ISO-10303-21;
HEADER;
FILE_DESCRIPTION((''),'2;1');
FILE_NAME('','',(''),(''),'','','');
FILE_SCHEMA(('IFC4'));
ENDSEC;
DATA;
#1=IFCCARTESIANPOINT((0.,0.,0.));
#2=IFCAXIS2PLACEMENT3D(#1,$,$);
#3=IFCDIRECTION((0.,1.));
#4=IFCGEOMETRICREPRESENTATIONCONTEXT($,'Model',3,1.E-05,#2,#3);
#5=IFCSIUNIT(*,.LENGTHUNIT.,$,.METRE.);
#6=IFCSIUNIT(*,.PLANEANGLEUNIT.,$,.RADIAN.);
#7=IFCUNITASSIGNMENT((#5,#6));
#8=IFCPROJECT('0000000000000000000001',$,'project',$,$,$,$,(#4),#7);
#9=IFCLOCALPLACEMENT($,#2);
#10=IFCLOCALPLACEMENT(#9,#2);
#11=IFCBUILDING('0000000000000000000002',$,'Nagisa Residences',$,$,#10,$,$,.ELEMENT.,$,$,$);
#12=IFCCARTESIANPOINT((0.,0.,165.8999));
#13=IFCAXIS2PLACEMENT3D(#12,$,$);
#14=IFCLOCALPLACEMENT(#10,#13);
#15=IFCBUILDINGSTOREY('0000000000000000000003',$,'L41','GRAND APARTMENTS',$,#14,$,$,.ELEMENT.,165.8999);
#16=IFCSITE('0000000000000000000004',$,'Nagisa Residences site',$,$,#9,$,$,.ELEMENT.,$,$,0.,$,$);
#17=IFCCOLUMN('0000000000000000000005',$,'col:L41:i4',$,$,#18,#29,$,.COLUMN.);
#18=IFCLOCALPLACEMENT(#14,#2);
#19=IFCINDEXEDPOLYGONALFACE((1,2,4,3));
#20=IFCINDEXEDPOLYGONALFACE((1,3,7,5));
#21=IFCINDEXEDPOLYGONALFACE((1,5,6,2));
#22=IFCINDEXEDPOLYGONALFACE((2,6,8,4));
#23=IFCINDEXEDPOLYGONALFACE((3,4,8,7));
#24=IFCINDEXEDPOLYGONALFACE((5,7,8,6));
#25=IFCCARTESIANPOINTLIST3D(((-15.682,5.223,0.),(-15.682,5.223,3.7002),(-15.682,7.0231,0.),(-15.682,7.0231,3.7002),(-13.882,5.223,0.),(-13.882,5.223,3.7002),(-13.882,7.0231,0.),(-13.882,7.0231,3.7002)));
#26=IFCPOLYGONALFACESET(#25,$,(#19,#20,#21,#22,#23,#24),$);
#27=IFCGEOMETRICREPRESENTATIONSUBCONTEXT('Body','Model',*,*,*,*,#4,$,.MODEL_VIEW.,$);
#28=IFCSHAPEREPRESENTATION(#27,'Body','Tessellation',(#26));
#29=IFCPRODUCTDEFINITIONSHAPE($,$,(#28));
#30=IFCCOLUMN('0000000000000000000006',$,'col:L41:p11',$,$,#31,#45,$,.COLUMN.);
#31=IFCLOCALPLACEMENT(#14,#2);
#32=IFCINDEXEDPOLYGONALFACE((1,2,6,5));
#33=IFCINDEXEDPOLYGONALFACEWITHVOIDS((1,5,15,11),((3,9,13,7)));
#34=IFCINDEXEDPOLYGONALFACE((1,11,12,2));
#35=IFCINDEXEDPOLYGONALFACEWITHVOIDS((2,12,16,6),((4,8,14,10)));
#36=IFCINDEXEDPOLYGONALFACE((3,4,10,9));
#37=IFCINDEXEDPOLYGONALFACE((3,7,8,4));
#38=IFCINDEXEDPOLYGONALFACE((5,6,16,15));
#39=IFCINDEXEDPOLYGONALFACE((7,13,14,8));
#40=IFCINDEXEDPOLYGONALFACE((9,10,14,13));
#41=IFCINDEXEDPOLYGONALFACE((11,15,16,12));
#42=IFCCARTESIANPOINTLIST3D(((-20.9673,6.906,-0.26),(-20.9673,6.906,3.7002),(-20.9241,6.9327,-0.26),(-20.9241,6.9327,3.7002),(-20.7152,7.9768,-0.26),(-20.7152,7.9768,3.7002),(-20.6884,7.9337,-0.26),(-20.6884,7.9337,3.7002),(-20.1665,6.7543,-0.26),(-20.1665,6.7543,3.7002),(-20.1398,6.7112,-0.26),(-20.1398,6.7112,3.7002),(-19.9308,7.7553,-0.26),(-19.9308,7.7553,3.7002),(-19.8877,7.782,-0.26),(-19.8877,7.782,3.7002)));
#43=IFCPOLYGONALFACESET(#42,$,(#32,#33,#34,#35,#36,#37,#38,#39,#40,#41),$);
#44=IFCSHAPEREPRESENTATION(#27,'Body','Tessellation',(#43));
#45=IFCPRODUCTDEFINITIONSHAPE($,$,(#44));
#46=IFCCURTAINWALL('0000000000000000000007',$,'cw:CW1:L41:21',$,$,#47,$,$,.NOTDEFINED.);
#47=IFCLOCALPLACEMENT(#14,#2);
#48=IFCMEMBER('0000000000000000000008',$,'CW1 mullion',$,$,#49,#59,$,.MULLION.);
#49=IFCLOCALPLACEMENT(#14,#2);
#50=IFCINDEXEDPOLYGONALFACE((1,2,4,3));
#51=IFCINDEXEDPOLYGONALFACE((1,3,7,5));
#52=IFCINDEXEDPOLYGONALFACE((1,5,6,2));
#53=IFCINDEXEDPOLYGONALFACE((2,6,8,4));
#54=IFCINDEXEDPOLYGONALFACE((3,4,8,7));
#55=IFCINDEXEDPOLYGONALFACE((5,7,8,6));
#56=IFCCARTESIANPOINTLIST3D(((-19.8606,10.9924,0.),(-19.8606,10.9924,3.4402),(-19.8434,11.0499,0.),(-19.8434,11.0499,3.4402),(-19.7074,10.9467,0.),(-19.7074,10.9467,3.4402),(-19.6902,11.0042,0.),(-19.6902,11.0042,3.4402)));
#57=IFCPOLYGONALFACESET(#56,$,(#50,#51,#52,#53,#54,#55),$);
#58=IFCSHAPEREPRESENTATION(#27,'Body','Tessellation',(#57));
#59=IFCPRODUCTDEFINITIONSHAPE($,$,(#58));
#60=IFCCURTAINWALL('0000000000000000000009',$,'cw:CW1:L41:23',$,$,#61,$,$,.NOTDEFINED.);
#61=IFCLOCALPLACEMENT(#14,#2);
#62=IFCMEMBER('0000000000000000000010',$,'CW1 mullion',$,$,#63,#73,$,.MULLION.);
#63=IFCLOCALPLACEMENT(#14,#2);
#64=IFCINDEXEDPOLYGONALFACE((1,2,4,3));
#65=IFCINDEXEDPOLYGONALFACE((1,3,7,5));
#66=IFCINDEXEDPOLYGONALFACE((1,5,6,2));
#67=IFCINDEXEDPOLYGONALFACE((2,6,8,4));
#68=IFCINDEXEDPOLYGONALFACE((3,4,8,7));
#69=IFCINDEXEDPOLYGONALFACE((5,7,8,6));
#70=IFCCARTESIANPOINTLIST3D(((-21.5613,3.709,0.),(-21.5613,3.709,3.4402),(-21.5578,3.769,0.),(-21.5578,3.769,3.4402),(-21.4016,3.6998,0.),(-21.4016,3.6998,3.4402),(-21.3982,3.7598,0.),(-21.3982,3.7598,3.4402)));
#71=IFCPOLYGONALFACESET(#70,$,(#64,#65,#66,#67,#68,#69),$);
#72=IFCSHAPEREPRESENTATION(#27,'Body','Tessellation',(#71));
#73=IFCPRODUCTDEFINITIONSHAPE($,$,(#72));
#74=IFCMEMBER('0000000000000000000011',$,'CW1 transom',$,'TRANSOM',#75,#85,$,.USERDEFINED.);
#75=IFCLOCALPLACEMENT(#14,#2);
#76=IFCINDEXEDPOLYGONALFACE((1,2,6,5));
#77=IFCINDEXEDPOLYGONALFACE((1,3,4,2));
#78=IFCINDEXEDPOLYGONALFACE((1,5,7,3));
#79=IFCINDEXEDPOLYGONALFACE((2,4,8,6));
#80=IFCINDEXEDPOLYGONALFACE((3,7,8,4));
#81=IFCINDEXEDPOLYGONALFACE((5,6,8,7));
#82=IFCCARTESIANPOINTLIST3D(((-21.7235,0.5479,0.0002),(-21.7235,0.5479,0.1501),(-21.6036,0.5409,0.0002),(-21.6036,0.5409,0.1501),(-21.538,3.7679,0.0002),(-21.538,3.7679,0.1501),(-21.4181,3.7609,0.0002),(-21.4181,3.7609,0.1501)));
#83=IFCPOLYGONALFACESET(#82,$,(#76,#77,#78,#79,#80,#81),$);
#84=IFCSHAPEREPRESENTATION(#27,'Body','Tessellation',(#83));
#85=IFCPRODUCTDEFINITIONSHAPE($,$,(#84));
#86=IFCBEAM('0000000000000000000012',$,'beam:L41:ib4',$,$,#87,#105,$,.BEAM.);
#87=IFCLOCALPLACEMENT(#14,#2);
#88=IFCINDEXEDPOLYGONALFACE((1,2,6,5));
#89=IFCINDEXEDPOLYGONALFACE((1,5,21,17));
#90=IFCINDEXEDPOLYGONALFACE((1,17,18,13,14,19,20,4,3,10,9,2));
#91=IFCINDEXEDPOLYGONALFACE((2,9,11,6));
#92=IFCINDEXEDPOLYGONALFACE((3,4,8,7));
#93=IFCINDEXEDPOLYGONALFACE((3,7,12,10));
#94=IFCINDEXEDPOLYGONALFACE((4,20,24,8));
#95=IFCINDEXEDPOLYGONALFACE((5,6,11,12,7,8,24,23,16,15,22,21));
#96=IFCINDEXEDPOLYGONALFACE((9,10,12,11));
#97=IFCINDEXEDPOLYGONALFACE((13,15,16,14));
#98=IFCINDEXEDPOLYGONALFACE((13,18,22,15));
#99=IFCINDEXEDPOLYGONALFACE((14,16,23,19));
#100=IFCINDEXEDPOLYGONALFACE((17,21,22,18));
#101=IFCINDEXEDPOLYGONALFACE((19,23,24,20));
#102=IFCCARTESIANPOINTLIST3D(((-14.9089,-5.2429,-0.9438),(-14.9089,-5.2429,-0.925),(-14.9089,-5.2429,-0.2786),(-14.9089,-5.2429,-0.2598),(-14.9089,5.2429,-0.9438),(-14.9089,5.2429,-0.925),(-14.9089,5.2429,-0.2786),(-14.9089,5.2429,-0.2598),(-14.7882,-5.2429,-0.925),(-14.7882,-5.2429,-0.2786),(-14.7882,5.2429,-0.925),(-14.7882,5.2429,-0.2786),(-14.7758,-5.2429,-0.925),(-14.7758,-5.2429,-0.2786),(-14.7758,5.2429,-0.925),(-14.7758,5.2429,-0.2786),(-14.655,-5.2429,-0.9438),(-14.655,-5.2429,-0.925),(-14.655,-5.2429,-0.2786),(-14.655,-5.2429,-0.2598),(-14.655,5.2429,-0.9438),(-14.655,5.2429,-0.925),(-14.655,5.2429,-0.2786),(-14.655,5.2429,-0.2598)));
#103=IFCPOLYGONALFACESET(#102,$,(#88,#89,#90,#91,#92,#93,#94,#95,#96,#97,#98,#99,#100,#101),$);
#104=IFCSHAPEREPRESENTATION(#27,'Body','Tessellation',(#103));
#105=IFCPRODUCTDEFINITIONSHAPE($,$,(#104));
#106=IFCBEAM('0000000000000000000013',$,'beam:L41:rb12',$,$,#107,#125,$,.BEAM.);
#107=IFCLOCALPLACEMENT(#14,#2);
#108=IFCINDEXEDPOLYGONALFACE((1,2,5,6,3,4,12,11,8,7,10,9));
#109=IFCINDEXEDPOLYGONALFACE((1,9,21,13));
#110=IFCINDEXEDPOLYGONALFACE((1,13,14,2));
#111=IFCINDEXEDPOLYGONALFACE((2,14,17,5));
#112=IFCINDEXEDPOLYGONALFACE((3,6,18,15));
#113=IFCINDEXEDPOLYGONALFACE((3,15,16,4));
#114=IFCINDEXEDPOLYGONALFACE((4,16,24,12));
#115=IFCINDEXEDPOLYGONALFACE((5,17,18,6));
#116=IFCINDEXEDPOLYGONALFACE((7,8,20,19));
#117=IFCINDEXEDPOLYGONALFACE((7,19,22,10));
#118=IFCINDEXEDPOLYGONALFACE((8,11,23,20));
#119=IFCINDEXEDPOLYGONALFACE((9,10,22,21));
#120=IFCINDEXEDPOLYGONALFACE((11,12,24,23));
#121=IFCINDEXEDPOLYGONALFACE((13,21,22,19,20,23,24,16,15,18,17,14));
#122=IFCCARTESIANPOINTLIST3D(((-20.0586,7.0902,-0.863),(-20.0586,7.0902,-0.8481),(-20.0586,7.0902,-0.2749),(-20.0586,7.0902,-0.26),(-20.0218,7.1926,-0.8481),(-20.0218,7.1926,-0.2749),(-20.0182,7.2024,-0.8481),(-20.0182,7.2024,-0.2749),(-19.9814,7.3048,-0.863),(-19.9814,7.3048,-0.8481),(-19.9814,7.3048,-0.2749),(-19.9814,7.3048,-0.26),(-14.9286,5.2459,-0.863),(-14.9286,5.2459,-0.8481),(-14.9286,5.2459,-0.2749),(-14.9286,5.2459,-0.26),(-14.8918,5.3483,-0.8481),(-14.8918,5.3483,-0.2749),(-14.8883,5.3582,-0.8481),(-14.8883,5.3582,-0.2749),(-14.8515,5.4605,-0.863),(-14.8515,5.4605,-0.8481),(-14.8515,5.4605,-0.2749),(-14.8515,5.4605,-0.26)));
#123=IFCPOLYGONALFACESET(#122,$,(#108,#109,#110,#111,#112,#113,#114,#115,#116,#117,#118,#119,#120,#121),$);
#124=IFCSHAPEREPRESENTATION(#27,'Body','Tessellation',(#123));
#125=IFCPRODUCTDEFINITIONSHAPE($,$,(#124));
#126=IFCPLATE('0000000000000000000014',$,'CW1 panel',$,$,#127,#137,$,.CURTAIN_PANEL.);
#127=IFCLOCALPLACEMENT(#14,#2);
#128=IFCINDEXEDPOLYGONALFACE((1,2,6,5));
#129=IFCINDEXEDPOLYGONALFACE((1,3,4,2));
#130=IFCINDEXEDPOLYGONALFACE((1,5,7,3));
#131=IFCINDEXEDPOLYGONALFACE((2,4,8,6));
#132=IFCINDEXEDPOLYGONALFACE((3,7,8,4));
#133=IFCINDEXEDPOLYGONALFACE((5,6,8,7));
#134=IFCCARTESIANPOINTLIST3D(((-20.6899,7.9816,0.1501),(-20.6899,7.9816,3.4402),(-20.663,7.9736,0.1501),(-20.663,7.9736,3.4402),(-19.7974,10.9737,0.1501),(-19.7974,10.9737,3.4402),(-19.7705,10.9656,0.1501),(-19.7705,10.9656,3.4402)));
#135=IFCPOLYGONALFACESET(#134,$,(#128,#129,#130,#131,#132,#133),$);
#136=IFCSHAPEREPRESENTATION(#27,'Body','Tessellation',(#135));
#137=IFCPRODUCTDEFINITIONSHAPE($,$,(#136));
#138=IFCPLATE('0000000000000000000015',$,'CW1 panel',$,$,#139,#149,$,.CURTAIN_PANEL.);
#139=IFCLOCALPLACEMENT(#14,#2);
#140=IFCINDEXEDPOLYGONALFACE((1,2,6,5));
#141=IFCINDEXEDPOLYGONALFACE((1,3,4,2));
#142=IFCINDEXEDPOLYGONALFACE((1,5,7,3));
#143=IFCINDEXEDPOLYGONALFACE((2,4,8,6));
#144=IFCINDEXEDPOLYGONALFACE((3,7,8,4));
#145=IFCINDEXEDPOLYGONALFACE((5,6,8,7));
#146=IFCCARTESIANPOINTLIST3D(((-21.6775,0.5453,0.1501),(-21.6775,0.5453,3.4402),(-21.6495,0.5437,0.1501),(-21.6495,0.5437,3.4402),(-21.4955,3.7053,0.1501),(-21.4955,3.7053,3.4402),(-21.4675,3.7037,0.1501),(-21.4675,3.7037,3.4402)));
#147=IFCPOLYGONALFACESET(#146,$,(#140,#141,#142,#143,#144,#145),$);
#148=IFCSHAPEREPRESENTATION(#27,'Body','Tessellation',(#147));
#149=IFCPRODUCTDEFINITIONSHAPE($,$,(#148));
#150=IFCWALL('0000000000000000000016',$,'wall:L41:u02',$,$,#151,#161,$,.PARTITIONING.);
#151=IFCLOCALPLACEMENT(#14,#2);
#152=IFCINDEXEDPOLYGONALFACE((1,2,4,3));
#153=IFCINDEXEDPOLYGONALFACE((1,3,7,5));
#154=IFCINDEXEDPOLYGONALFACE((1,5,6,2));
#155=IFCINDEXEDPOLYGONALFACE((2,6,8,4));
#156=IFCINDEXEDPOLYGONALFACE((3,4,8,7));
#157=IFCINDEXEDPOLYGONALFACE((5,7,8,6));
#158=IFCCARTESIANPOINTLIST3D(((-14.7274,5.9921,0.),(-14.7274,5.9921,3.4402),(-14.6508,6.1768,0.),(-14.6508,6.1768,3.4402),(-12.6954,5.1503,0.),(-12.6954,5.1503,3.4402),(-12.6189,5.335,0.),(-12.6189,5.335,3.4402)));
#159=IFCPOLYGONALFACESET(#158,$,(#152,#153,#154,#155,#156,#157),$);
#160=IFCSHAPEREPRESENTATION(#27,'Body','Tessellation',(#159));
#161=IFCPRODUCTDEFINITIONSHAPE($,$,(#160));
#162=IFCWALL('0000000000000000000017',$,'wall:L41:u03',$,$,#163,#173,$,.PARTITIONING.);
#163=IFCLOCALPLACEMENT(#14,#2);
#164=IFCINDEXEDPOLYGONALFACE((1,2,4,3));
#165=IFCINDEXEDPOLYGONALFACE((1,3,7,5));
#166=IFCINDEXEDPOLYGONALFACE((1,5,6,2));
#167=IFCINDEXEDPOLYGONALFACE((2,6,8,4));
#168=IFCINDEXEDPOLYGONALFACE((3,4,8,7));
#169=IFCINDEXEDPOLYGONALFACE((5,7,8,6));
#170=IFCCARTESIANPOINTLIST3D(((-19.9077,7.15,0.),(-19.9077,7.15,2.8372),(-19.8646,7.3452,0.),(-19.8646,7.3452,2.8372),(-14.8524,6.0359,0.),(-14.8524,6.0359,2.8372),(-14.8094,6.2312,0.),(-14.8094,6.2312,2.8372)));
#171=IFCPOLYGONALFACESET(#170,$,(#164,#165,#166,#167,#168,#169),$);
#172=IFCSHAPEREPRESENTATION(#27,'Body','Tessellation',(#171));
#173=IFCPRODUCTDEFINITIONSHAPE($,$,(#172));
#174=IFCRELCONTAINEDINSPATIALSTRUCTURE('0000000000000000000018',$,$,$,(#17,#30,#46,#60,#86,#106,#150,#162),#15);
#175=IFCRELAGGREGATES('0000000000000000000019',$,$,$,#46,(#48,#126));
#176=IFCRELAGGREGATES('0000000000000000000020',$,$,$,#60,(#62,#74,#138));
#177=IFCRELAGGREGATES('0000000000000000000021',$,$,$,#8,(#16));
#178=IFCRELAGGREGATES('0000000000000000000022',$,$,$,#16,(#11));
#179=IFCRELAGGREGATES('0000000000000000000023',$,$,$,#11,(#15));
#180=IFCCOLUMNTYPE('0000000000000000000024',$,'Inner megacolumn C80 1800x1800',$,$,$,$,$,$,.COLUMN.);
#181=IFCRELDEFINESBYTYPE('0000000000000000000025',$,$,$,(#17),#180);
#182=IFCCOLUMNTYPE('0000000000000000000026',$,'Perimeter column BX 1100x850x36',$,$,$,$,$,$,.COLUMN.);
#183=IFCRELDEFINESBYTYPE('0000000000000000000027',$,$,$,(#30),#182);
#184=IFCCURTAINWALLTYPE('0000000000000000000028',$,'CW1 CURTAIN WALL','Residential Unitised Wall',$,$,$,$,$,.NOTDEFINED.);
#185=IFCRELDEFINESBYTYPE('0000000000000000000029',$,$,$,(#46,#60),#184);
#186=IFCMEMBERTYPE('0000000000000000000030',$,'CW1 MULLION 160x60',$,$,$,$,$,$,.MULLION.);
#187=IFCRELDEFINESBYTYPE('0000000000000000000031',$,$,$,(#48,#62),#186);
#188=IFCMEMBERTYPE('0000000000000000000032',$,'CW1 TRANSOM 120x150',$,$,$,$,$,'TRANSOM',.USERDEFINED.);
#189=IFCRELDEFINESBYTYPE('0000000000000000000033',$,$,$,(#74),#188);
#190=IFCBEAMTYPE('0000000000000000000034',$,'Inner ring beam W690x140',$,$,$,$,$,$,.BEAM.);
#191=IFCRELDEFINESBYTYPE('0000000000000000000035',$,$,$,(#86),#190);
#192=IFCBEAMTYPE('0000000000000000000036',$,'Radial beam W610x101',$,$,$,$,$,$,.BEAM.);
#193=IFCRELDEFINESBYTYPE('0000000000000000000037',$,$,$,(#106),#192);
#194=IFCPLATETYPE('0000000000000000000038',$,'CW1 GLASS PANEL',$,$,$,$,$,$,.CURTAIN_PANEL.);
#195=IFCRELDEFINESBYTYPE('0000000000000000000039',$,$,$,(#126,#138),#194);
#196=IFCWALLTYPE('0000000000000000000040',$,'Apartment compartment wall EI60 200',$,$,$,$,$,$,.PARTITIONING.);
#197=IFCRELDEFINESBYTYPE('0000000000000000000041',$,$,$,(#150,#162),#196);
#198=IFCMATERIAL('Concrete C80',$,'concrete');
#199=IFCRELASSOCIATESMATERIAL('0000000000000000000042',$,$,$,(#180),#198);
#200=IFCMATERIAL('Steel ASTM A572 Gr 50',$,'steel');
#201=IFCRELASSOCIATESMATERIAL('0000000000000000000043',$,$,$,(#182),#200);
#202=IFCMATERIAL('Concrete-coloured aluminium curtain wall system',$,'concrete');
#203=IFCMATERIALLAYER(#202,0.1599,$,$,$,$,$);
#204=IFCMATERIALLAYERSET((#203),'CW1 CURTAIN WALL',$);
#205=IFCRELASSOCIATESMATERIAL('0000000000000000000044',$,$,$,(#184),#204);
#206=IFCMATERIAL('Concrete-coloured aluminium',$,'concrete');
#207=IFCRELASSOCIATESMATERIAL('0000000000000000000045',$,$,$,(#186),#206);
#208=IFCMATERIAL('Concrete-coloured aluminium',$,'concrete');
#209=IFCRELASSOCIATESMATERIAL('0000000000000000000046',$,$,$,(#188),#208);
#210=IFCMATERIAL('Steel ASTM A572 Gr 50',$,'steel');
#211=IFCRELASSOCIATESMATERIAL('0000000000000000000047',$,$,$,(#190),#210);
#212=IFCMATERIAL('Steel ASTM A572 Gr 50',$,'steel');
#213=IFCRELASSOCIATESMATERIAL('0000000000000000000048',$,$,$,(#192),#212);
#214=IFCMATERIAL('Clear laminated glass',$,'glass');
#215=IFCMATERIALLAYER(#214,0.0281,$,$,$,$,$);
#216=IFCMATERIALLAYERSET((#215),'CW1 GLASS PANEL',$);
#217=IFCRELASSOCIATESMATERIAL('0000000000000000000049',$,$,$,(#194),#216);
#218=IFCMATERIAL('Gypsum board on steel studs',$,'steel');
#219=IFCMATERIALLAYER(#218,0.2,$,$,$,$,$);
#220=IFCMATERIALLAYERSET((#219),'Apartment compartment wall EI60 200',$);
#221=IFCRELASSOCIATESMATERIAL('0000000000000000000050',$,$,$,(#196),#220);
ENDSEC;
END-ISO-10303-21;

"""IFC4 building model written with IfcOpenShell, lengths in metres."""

from ifc_helpers import new_model, si_unit, direction, frame, frame_2d, origin, origin_2d, place, context, subcontext, project, spatial, rectangle, hollow_rectangle, i_section, extrude, material, layer, layer_set, material_profile, profile_set, type_object, element, aggregate, save


model = new_model("IFC4")

# Units and contexts
model_context = context("Model", 3, precision=1e-05, world=origin(), true_north=direction((0.0, 1.0)))
body_context = subcontext(model_context, "Body", "Model", "MODEL_VIEW")
ifc_project = project(units=[si_unit("LENGTHUNIT", "METRE"), si_unit("PLANEANGLEUNIT", "RADIAN")], contexts=[model_context])

# Site, building, storey
site_placement = place(None, origin())
site = spatial("IfcSite", under=ifc_project, at=site_placement, Name="Nagisa Residences site", CompositionType="ELEMENT", RefElevation=0.0)
building_placement = place(site_placement, origin())
building = spatial("IfcBuilding", under=site, at=building_placement, Name="Nagisa Residences", CompositionType="ELEMENT")
storey_placement = place(building_placement, frame((0.0, 0.0, 165.8999)))
storey = spatial("IfcBuildingStorey", under=building, at=storey_placement, Name="L41", Description="GRAND APARTMENTS", CompositionType="ELEMENT", Elevation=165.8999)

# Columns
ifc_material_1 = material(Name="Concrete C80", Category="concrete")
ifc_material_profile_1 = material_profile(ifc_material_1, rectangle(XDim=1.8, YDim=1.8, at=origin_2d()), Name="C80 1800x1800")
ifc_profile_set_1 = profile_set([ifc_material_profile_1], Name="Concrete C80")
column_type_1 = type_object("IfcColumnType", Name="Inner megacolumn C80 1800x1800", PredefinedType="COLUMN", material=ifc_profile_set_1)
column_1_placement = place(storey_placement, frame((-14.782, 6.123, 0.0), z_axis=(0.0, 0.0, 1.0), x_axis=(1.0, 0.0, 0.0)))
element("IfcColumn", 1, at=column_1_placement, inside=storey, type_object=column_type_1, Name="col:L41:i4", PredefinedType="COLUMN", context=body_context, shape_type="SweptSolid", body=[
    extrude(rectangle(XDim=1.8, YDim=1.8, at=origin_2d()), origin(), (0.0, 0.0, 1.0), 3.7002),
])
ifc_material_2 = material(Name="Steel ASTM A572 Gr 50", Category="steel")
ifc_material_profile_2 = material_profile(ifc_material_2, hollow_rectangle(XDim=1.1001, YDim=0.8501, WallThickness=0.0359, at=origin_2d()), Name="BX 1100x850x36")
ifc_profile_set_2 = profile_set([ifc_material_profile_2], Name="Steel ASTM A572 Gr 50")
column_type_2 = type_object("IfcColumnType", Name="Perimeter column BX 1100x850x36", PredefinedType="COLUMN", material=ifc_profile_set_2)
column_2_placement = place(storey_placement, frame((-20.4275, 7.344, -0.26), z_axis=(0.0, 0.0, 1.0), x_axis=(-0.229202, -0.973379, 0.0)))
element("IfcColumn", 2, at=column_2_placement, inside=storey, type_object=column_type_2, Name="col:L41:p11", PredefinedType="COLUMN", context=body_context, shape_type="SweptSolid", body=[
    extrude(hollow_rectangle(XDim=1.1001, YDim=0.8501, WallThickness=0.0359, at=origin_2d()), origin(), (0.0, 0.0, 1.0), 3.9602),
])

# Curtain wall, member
ifc_material_3 = material(Name="Concrete-coloured aluminium curtain wall system", Category="concrete")
ifc_layer_1 = layer(ifc_material_3, 0.1599)
ifc_layer_set_1 = layer_set([ifc_layer_1], Name="CW1 CURTAIN WALL")
curtain_wall_type = type_object("IfcCurtainWallType", Name="CW1 CURTAIN WALL", Description="Residential Unitised Wall", PredefinedType="NOTDEFINED", material=ifc_layer_set_1)
curtain_wall_1_placement = place(storey_placement, origin())
curtain_wall_1 = element("IfcCurtainWall", 3, at=curtain_wall_1_placement, inside=storey, type_object=curtain_wall_type, Name="cw:CW1:L41:21", PredefinedType="NOTDEFINED")
ifc_material_4 = material(Name="Concrete-coloured aluminium", Category="concrete")
ifc_material_profile_3 = material_profile(ifc_material_4, rectangle(XDim=0.1599, YDim=0.0601, at=origin_2d()), Name="CW1 MULLION 160x60")
ifc_profile_set_3 = profile_set([ifc_material_profile_3], Name="Concrete-coloured aluminium")
member_type_1 = type_object("IfcMemberType", Name="CW1 MULLION 160x60", PredefinedType="MULLION", material=ifc_profile_set_3)
member_1_placement = place(storey_placement, frame((-19.7754, 10.9983, 0.0), z_axis=(0.0, 0.0, 1.0), x_axis=(0.958271, -0.28586, 0.0)))
member_1 = element("IfcMember", 4, at=member_1_placement, type_object=member_type_1, Name="CW1 mullion", PredefinedType="MULLION", context=body_context, shape_type="SweptSolid", body=[
    extrude(rectangle(XDim=0.1599, YDim=0.0601, at=origin_2d()), origin(), (0.0, 0.0, 1.0), 3.4402),
])

# Curtain wall, members
curtain_wall_2_placement = place(storey_placement, origin())
curtain_wall_2 = element("IfcCurtainWall", 5, at=curtain_wall_2_placement, inside=storey, type_object=curtain_wall_type, Name="cw:CW1:L41:23", PredefinedType="NOTDEFINED")
member_2_placement = place(storey_placement, frame((-21.4797, 3.7344, 0.0), z_axis=(0.0, 0.0, 1.0), x_axis=(0.998345, -0.057503, 0.0)))
member_2 = element("IfcMember", 6, at=member_2_placement, type_object=member_type_1, Name="CW1 mullion", PredefinedType="MULLION", context=body_context, shape_type="SweptSolid", body=[
    extrude(rectangle(XDim=0.1599, YDim=0.0601, at=origin_2d()), origin(), (0.0, 0.0, 1.0), 3.4402),
])
ifc_material_5 = material(Name="Concrete-coloured aluminium", Category="concrete")
ifc_material_profile_4 = material_profile(ifc_material_5, rectangle(XDim=0.1201, YDim=0.1499, at=origin_2d()), Name="CW1 TRANSOM 120x150")
ifc_profile_set_4 = profile_set([ifc_material_profile_4], Name="Concrete-coloured aluminium")
member_type_2 = type_object("IfcMemberType", Name="CW1 TRANSOM 120x150", ElementType="TRANSOM", PredefinedType="USERDEFINED", material=ifc_profile_set_4)
member_3_placement = place(storey_placement, frame((-21.478, 3.7644, 0.0752), z_axis=(-0.057528, -0.998344, 0.0), x_axis=(0.998344, -0.057528, 0.0)))
member_3 = element("IfcMember", 7, at=member_3_placement, type_object=member_type_2, Name="CW1 transom", ObjectType="TRANSOM", PredefinedType="USERDEFINED", context=body_context, shape_type="SweptSolid", body=[
    extrude(rectangle(XDim=0.1201, YDim=0.1499, at=origin_2d()), origin(), (0.0, 0.0, 1.0), 3.2253),
])

# Beams
ifc_material_6 = material(Name="Steel ASTM A572 Gr 50", Category="steel")
ifc_material_profile_5 = material_profile(ifc_material_6, i_section(OverallWidth=0.2539, OverallDepth=0.6841, WebThickness=0.0125, FlangeThickness=0.0188, at=origin_2d()), Name="W690x140")
ifc_profile_set_5 = profile_set([ifc_material_profile_5], Name="Steel ASTM A572 Gr 50")
beam_type_1 = type_object("IfcBeamType", Name="Inner ring beam W690x140", PredefinedType="BEAM", material=ifc_profile_set_5)
beam_1_placement = place(storey_placement, frame((-14.782, 5.2429, -0.6018), z_axis=(0.0, -1.0, 0.0), x_axis=(1.0, 0.0, 0.0)))
element("IfcBeam", 8, at=beam_1_placement, inside=storey, type_object=beam_type_1, Name="beam:L41:ib4", PredefinedType="BEAM", context=body_context, shape_type="SweptSolid", body=[
    extrude(i_section(OverallWidth=0.2539, OverallDepth=0.6841, WebThickness=0.0125, FlangeThickness=0.0188, at=origin_2d()), origin(), (0.0, 0.0, 1.0), 10.4858),
])
ifc_material_7 = material(Name="Steel ASTM A572 Gr 50", Category="steel")
ifc_material_profile_6 = material_profile(ifc_material_7, i_section(OverallWidth=0.228, OverallDepth=0.603, WebThickness=0.0105, FlangeThickness=0.0149, at=origin_2d()), Name="W610x101")
ifc_profile_set_6 = profile_set([ifc_material_profile_6], Name="Steel ASTM A572 Gr 50")
beam_type_2 = type_object("IfcBeamType", Name="Radial beam W610x101", PredefinedType="BEAM", material=ifc_profile_set_6)
beam_2_placement = place(storey_placement, frame((-20.02, 7.1975, -0.5615), z_axis=(0.941035, -0.33831, 0.0), x_axis=(0.33831, 0.941035, 0.0)))
element("IfcBeam", 9, at=beam_2_placement, inside=storey, type_object=beam_type_2, Name="beam:L41:rb12", PredefinedType="BEAM", context=body_context, shape_type="SweptSolid", body=[
    extrude(i_section(OverallWidth=0.228, OverallDepth=0.603, WebThickness=0.0105, FlangeThickness=0.0149, at=origin_2d()), origin(), (0.0, 0.0, 1.0), 5.4514),
])

# Plates
ifc_material_8 = material(Name="Clear laminated glass", Category="glass")
ifc_layer_2 = layer(ifc_material_8, 0.0281)
ifc_layer_set_2 = layer_set([ifc_layer_2], Name="CW1 GLASS PANEL")
plate_type = type_object("IfcPlateType", Name="CW1 GLASS PANEL", PredefinedType="CURTAIN_PANEL", material=ifc_layer_set_2)
plate_1_placement = place(storey_placement, frame((-20.2302, 9.4736, 0.1501), z_axis=(0.0, 0.0, 1.0), x_axis=(-0.28586, -0.958271, 0.0)))
plate_1 = element("IfcPlate", 10, at=plate_1_placement, type_object=plate_type, Name="CW1 panel", PredefinedType="CURTAIN_PANEL", context=body_context, shape_type="SweptSolid", body=[
    extrude(rectangle(XDim=3.1223, YDim=0.0281, at=origin_2d()), origin(), (0.0, 0.0, 1.0), 3.29),
])
aggregate(curtain_wall_1, [member_1, plate_1])
plate_2_placement = place(storey_placement, frame((-21.5725, 2.1245, 0.1501), z_axis=(0.0, 0.0, 1.0), x_axis=(-0.057503, -0.998345, 0.0)))
plate_2 = element("IfcPlate", 11, at=plate_2_placement, type_object=plate_type, Name="CW1 panel", PredefinedType="CURTAIN_PANEL", context=body_context, shape_type="SweptSolid", body=[
    extrude(rectangle(XDim=3.1653, YDim=0.0281, at=origin_2d()), origin(), (0.0, 0.0, 1.0), 3.29),
])
aggregate(curtain_wall_2, [member_2, member_3, plate_2])

# Walls
ifc_material_9 = material(Name="Gypsum board on steel studs", Category="steel")
ifc_layer_3 = layer(ifc_material_9, 0.2)
ifc_layer_set_3 = layer_set([ifc_layer_3], Name="Apartment compartment wall EI60 200")
wall_type_1 = type_object("IfcWallType", Name="Apartment compartment wall EI60 200", PredefinedType="PARTITIONING", material=ifc_layer_set_3)
wall_1_placement = place(storey_placement, frame((-12.6572, 5.2427, 0.0), z_axis=(0.0, 0.0, 1.0), x_axis=(-0.92386, 0.382731, 0.0)))
element("IfcWall", 12, at=wall_1_placement, inside=storey, type_object=wall_type_1, Name="wall:L41:u02", PredefinedType="PARTITIONING", context=body_context, shape_type="SweptSolid", body=[
    extrude(rectangle(XDim=2.1995, YDim=0.2, at=frame_2d((1.0996, 0.0))), origin(), (0.0, 0.0, 1.0), 3.4402),
])
wall_2_placement = place(storey_placement, frame((-14.8308, 6.1335, 0.0), z_axis=(0.0, 0.0, 1.0), x_axis=(-0.976568, 0.215207, 0.0)))
element("IfcWall", 13, at=wall_2_placement, inside=storey, type_object=wall_type_1, Name="wall:L41:u03", PredefinedType="PARTITIONING", context=body_context, shape_type="SweptSolid", body=[
    extrude(rectangle(XDim=5.1765, YDim=0.2, at=frame_2d((2.5884, 0.0))), origin(), (0.0, 0.0, 1.0), 2.8372),
])

save(model, "model.ifc")
